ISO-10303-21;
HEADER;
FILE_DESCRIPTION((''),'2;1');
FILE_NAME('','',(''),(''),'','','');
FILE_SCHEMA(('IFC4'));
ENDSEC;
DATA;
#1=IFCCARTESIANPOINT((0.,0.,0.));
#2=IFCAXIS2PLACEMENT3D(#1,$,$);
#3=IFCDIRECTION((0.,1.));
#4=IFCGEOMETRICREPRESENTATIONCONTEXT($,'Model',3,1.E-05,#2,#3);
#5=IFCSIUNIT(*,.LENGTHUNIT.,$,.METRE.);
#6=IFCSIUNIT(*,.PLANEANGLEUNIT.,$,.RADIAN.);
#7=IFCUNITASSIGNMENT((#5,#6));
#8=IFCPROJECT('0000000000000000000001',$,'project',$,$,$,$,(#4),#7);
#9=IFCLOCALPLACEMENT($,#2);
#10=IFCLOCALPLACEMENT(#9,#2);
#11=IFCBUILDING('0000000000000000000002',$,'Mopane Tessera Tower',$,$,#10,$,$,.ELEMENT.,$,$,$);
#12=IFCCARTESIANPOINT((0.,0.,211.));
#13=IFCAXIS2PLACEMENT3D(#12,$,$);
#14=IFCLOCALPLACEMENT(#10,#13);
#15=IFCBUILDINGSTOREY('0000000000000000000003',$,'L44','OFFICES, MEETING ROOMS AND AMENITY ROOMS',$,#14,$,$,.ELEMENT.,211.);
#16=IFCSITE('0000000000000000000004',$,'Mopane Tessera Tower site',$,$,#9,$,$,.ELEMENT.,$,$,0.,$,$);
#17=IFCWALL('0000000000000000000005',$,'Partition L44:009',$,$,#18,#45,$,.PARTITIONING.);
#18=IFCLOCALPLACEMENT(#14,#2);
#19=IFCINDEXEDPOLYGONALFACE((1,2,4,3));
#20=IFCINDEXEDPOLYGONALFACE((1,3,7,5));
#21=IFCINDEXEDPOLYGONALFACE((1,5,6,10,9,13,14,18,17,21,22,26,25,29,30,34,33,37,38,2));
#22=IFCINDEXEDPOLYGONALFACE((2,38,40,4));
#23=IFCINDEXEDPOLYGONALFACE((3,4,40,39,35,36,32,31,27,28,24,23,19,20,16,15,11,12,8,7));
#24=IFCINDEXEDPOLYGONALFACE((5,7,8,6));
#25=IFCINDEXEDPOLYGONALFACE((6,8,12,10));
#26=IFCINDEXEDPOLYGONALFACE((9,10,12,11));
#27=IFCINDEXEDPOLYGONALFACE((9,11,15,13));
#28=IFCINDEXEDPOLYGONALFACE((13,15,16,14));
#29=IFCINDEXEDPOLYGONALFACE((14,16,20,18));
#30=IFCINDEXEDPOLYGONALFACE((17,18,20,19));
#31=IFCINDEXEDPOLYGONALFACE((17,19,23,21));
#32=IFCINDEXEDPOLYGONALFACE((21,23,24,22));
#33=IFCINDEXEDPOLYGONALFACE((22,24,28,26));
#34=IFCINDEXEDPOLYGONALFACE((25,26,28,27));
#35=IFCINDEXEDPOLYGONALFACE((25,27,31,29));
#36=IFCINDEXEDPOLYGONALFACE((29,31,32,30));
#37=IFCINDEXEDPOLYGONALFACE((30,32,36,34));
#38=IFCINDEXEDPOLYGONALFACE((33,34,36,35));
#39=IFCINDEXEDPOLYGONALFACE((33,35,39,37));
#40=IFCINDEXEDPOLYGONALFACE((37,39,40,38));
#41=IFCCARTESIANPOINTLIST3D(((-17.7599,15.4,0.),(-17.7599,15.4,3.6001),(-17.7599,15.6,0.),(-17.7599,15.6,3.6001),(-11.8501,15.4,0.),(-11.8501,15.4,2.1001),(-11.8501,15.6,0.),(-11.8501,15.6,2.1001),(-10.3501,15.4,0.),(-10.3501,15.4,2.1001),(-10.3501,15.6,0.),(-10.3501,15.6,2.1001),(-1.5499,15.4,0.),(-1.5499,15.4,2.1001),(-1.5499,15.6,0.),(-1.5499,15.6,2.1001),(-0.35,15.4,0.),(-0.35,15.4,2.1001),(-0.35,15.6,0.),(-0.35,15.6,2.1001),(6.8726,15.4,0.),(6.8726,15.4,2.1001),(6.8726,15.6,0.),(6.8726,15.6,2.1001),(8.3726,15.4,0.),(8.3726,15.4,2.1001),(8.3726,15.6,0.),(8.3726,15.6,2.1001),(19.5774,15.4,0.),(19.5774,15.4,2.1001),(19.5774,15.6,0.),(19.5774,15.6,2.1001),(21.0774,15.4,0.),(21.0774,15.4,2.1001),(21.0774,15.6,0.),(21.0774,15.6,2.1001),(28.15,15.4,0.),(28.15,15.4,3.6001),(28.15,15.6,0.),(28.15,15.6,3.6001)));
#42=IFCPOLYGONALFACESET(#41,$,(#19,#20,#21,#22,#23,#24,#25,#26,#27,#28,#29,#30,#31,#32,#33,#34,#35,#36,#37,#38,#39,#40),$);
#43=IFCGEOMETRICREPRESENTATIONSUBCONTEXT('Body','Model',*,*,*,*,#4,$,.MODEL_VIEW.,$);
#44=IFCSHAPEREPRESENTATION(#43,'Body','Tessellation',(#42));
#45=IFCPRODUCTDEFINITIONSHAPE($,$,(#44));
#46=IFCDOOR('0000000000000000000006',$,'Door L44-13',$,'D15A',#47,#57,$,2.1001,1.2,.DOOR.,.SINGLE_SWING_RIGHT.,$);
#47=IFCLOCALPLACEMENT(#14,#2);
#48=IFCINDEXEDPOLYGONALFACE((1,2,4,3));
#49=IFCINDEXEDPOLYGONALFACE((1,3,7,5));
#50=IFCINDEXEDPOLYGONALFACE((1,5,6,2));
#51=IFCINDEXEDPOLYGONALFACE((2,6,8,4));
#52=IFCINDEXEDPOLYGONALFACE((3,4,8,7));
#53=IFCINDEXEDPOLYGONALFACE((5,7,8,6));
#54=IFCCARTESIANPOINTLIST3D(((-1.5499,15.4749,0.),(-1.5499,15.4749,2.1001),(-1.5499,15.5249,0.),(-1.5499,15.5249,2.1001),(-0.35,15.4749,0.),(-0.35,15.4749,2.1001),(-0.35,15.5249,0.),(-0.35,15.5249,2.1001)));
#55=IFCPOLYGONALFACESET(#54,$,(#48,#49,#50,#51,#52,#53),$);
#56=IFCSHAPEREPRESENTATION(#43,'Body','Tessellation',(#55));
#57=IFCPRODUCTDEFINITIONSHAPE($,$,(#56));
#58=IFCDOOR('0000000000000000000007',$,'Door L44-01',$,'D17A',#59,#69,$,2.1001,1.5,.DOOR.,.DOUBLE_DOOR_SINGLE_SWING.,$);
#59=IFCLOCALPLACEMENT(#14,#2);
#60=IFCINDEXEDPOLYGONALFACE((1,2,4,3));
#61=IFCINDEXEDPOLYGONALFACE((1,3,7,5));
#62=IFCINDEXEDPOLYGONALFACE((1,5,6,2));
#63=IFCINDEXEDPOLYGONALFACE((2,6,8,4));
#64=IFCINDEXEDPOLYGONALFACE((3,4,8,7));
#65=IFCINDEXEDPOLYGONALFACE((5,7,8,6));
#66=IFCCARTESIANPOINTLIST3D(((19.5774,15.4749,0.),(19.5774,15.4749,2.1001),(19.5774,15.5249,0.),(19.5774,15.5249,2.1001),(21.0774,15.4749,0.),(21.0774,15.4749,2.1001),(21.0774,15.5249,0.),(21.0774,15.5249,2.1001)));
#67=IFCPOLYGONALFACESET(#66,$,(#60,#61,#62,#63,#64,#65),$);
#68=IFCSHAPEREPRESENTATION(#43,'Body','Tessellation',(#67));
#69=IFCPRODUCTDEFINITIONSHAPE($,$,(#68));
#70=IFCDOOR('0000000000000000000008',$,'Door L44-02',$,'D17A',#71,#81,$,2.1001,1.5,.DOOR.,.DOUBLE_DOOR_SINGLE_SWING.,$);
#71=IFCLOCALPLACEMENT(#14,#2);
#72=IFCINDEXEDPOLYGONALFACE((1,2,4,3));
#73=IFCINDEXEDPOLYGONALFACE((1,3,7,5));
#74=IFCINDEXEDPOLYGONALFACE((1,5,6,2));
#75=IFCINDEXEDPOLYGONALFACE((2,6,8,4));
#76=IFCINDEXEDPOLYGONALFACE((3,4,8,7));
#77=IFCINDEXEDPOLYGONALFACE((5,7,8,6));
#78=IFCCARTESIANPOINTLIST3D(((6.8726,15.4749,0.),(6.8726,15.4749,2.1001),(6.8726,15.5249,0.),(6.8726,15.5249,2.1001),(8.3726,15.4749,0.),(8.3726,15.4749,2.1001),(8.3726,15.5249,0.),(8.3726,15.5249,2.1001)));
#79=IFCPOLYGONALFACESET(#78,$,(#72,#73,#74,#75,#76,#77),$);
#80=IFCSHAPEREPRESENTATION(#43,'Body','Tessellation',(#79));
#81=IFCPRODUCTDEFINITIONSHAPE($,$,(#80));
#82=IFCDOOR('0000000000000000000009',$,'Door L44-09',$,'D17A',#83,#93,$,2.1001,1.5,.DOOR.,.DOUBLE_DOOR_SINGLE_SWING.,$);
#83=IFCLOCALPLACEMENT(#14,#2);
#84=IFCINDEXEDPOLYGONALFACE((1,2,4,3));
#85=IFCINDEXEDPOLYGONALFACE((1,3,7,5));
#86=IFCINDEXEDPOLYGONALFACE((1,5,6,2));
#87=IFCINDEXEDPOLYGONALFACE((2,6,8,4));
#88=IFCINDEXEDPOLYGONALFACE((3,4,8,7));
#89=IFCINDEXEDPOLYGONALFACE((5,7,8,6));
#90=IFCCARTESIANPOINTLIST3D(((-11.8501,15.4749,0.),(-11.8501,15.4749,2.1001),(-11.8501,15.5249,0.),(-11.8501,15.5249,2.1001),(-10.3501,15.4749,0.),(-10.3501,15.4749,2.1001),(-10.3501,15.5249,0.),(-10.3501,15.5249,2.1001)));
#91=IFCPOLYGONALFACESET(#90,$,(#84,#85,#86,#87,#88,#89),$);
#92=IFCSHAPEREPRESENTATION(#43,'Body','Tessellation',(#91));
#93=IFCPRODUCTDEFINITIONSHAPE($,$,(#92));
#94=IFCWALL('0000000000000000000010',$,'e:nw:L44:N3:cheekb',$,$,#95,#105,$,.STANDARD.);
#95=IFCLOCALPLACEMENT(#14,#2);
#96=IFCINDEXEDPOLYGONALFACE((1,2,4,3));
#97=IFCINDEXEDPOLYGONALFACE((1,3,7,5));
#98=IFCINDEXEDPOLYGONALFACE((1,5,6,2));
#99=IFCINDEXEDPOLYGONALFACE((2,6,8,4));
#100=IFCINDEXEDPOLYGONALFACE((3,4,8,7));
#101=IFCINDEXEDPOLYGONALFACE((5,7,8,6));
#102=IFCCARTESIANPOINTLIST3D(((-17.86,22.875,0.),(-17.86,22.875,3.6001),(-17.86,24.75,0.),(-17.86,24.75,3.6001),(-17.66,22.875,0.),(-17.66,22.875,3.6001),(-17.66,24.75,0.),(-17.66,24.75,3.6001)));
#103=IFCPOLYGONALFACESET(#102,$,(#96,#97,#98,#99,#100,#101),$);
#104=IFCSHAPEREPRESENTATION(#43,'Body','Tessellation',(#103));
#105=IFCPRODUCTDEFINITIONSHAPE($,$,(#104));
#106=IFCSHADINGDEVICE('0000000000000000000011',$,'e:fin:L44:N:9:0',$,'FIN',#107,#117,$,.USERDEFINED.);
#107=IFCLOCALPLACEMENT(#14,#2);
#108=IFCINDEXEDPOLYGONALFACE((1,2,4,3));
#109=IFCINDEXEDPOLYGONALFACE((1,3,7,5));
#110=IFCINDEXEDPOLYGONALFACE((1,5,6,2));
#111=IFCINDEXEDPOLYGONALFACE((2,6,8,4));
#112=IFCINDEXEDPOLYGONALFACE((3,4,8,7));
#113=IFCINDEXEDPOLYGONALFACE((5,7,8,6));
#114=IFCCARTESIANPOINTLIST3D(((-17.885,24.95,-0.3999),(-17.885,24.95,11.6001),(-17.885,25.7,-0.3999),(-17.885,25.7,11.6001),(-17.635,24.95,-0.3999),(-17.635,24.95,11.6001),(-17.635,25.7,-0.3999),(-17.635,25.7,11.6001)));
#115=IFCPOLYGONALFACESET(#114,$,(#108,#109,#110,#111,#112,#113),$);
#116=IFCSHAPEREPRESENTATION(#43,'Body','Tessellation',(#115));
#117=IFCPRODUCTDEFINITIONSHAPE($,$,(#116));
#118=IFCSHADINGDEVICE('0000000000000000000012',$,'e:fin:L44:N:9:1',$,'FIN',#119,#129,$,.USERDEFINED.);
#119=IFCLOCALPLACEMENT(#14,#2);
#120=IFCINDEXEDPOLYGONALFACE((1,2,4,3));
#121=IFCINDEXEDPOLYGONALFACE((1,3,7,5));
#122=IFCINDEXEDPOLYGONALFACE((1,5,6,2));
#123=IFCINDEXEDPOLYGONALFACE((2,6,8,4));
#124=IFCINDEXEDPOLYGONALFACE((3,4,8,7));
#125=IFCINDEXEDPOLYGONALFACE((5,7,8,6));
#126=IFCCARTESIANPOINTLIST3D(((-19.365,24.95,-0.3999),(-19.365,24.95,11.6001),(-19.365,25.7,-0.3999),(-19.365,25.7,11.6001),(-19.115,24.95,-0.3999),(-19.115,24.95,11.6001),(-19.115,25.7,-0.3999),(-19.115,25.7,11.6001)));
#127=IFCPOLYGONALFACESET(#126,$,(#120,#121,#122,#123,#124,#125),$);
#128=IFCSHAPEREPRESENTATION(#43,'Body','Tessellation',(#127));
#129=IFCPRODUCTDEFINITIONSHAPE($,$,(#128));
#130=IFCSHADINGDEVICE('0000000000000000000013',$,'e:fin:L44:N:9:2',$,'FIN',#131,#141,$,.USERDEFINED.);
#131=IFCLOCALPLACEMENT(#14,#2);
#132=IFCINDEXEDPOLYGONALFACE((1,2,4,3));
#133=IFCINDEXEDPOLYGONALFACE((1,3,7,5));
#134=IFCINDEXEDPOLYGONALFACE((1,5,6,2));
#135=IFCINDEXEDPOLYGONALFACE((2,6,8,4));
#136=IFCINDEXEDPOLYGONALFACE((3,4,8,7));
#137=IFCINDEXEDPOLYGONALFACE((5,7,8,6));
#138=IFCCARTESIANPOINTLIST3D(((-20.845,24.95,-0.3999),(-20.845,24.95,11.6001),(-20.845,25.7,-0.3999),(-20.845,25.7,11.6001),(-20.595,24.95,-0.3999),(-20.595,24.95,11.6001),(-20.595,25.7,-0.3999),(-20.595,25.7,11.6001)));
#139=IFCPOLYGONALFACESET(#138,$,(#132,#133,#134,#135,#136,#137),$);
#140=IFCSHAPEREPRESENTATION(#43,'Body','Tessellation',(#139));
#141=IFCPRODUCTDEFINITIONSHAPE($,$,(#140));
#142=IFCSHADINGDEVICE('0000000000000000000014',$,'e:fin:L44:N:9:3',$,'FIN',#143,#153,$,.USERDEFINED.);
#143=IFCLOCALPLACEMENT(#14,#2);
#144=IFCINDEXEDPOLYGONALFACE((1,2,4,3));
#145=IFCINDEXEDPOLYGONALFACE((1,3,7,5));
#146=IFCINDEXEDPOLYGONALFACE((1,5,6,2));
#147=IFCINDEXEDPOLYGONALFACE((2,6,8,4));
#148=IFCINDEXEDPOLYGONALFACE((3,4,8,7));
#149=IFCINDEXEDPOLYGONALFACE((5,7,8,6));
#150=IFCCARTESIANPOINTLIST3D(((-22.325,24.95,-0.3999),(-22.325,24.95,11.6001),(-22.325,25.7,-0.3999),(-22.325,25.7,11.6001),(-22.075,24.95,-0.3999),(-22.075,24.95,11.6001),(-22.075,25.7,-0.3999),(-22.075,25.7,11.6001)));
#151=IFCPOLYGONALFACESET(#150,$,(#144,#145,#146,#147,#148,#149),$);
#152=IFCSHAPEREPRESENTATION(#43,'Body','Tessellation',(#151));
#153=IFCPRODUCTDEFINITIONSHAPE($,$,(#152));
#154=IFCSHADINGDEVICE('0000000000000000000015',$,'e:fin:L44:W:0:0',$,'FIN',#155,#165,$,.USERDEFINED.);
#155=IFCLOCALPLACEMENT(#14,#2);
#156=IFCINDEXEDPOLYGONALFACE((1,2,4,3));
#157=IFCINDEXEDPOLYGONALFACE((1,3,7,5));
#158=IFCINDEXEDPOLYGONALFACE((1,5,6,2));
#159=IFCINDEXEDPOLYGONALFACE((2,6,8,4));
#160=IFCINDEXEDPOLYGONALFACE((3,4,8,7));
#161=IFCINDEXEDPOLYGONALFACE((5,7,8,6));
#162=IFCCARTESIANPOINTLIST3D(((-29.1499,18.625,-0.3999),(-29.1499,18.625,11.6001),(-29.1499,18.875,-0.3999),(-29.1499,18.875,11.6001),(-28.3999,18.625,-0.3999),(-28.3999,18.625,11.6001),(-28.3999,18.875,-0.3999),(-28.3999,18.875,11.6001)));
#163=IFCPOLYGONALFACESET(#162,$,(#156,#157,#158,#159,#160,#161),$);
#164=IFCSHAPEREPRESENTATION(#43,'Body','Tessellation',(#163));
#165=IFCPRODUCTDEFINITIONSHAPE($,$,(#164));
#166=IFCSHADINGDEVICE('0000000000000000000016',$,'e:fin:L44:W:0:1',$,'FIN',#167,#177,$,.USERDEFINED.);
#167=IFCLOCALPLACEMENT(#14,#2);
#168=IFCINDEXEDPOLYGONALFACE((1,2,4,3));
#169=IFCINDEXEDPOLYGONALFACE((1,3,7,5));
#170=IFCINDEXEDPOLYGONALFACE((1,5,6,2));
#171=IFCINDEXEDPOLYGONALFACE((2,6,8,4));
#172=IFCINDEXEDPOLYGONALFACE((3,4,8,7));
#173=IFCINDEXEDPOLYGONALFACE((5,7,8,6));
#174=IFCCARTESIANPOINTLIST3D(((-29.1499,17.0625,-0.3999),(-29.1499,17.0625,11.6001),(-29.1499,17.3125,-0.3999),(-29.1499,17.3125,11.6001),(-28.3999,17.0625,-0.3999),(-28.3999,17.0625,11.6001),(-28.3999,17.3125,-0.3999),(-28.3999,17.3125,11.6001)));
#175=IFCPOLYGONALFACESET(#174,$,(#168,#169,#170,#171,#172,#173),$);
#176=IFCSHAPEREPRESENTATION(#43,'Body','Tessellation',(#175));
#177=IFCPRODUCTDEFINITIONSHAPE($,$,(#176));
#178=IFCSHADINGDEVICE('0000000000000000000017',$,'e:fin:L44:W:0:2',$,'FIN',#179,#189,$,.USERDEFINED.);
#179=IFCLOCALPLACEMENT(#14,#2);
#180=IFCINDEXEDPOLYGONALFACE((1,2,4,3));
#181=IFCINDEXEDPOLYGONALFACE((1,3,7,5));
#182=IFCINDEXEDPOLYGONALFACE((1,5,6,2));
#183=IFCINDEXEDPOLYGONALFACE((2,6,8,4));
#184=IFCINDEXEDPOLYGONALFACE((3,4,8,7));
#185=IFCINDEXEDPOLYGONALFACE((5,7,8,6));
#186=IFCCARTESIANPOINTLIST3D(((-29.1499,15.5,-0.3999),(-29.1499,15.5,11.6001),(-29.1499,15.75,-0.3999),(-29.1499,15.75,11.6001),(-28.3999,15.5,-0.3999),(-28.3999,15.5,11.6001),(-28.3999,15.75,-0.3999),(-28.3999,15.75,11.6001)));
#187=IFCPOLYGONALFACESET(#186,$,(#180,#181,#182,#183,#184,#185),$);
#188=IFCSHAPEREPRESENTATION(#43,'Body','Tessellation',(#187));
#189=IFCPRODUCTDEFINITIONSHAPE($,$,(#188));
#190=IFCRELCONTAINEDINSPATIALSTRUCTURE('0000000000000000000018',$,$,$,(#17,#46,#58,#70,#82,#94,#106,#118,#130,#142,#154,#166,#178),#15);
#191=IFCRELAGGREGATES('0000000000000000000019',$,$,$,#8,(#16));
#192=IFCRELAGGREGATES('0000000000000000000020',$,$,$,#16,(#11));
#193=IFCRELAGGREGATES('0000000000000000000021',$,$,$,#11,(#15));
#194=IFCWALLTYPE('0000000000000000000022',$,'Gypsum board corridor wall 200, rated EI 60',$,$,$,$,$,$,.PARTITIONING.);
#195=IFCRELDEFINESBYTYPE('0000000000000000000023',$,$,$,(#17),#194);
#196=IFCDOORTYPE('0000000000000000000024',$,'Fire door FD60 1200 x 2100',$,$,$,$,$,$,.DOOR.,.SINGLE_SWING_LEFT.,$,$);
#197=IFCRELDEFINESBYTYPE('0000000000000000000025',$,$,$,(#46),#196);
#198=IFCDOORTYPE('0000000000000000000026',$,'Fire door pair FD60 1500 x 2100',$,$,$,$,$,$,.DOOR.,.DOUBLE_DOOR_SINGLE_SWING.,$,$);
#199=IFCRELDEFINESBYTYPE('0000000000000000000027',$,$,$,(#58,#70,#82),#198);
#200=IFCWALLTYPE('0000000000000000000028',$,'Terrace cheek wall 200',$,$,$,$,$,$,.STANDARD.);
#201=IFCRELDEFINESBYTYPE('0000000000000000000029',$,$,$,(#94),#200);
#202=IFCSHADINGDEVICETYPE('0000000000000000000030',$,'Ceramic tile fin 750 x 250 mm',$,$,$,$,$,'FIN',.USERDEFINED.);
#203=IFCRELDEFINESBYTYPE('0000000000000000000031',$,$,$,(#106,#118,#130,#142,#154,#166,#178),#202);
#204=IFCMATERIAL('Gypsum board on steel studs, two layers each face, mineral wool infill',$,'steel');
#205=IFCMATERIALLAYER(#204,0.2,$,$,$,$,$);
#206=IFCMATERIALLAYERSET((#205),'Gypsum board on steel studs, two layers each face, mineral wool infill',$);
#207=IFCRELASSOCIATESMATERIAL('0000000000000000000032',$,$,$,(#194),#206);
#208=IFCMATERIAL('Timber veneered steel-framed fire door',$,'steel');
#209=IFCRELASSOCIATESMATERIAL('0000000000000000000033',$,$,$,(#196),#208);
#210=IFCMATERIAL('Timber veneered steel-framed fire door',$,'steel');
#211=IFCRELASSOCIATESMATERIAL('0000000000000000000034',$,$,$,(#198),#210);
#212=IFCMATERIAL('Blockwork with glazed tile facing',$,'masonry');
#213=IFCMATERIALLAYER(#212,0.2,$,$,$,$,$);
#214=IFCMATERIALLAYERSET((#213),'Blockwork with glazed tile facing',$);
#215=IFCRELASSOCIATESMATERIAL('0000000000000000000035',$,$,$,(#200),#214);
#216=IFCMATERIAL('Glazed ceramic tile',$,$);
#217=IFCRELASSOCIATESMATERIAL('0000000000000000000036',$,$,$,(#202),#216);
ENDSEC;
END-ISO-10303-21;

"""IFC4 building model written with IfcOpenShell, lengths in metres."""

from ifc_helpers import new_model, si_unit, direction, frame, frame_2d, origin, origin_2d, place, context, subcontext, project, spatial, rectangle, extrude, material, layer, layer_set, type_object, element, fill, save


model = new_model("IFC4")

# Units and contexts
model_context = context("Model", 3, precision=1e-05, world=origin(), true_north=direction((0.0, 1.0)))
body_context = subcontext(model_context, "Body", "Model", "MODEL_VIEW")
ifc_project = project(units=[si_unit("LENGTHUNIT", "METRE"), si_unit("PLANEANGLEUNIT", "RADIAN")], contexts=[model_context])

# Site, building, storey
site_placement = place(None, origin())
site = spatial("IfcSite", under=ifc_project, at=site_placement, Name="Mopane Tessera Tower site", CompositionType="ELEMENT", RefElevation=0.0)
building_placement = place(site_placement, origin())
building = spatial("IfcBuilding", under=site, at=building_placement, Name="Mopane Tessera Tower", CompositionType="ELEMENT")
storey_placement = place(building_placement, frame((0.0, 0.0, 211.0)))
storey = spatial("IfcBuildingStorey", under=building, at=storey_placement, Name="L44", Description="OFFICES, MEETING ROOMS AND AMENITY ROOMS", CompositionType="ELEMENT", Elevation=211.0)

# Shared definitions
ifc_material_1 = material(Name="Gypsum board on steel studs, two layers each face, mineral wool infill", Category="steel")
ifc_layer_1 = layer(ifc_material_1, 0.2)
ifc_layer_set_1 = layer_set([ifc_layer_1], Name="Gypsum board on steel studs, two layers each face, mineral wool infill")
wall_type_1 = type_object("IfcWallType", Name="Gypsum board corridor wall 200, rated EI 60", PredefinedType="PARTITIONING", material=ifc_layer_set_1)
ifc_material_2 = material(Name="Timber veneered steel-framed fire door", Category="steel")
door_type_1 = type_object("IfcDoorType", Name="Fire door FD60 1200 x 2100", OperationType="SINGLE_SWING_LEFT", PredefinedType="DOOR", material=ifc_material_2)

# Wall, openings, doors
wall_1_placement = place(storey_placement, frame((-17.76, 15.5, 0.0), z_axis=(0.0, 0.0, 1.0), x_axis=(1.0, 0.0, 0.0)))
wall_1 = element("IfcWall", 1, at=wall_1_placement, inside=storey, type_object=wall_type_1, Name="Partition L44:009", PredefinedType="PARTITIONING", context=body_context, shape_type="SweptSolid", body=[
    extrude(rectangle(XDim=45.9099, YDim=0.2, at=frame_2d((22.9551, 0.0))), origin(), (0.0, 0.0, 1.0), 3.6001),
])
opening_1_placement = place(wall_1_placement, frame((37.3374, 0.0, 0.0)))
opening_1 = element("IfcOpeningElement", 2, at=opening_1_placement, cuts=wall_1, PredefinedType="OPENING", context=body_context, shape_type="SweptSolid", body=[
    extrude(rectangle(XDim=1.5, YDim=2.1001, at=frame_2d((0.75, 1.05))), frame((0.0, 0.1121, 0.0), z_axis=(0.0, -1.0, 0.0), x_axis=(1.0, 0.0, 0.0)), (0.0, 0.0, 1.0), 0.2239),
])
opening_2_placement = place(wall_1_placement, frame((24.6326, 0.0, 0.0)))
opening_2 = element("IfcOpeningElement", 3, at=opening_2_placement, cuts=wall_1, PredefinedType="OPENING", context=body_context, shape_type="SweptSolid", body=[
    extrude(rectangle(XDim=1.5, YDim=2.1001, at=frame_2d((0.75, 1.05))), frame((0.0, 0.1121, 0.0), z_axis=(0.0, -1.0, 0.0), x_axis=(1.0, 0.0, 0.0)), (0.0, 0.0, 1.0), 0.2239),
])
opening_3_placement = place(wall_1_placement, frame((5.9099, 0.0, 0.0)))
opening_3 = element("IfcOpeningElement", 4, at=opening_3_placement, cuts=wall_1, PredefinedType="OPENING", context=body_context, shape_type="SweptSolid", body=[
    extrude(rectangle(XDim=1.5, YDim=2.1001, at=frame_2d((0.75, 1.05))), frame((0.0, 0.1121, 0.0), z_axis=(0.0, -1.0, 0.0), x_axis=(1.0, 0.0, 0.0)), (0.0, 0.0, 1.0), 0.2239),
])
opening_4_placement = place(wall_1_placement, frame((16.21, 0.0, 0.0)))
opening_4 = element("IfcOpeningElement", 5, at=opening_4_placement, cuts=wall_1, PredefinedType="OPENING", context=body_context, shape_type="SweptSolid", body=[
    extrude(rectangle(XDim=1.2, YDim=2.1001, at=frame_2d((0.6001, 1.05))), frame((0.0, 0.1121, 0.0), z_axis=(0.0, -1.0, 0.0), x_axis=(1.0, 0.0, 0.0)), (0.0, 0.0, 1.0), 0.2239),
])
door_1_placement = place(opening_4_placement, origin())
door_1 = element("IfcDoor", 6, at=door_1_placement, inside=storey, type_object=door_type_1, Name="Door L44-13", ObjectType="D15A", OperationType="SINGLE_SWING_RIGHT", OverallHeight=2.1001, OverallWidth=1.2, PredefinedType="DOOR", context=body_context, shape_type="SweptSolid", body=[
    extrude(rectangle(XDim=1.2, YDim=2.1001, at=frame_2d((0.6001, 1.05))), frame((0.0, 0.0249, 0.0), z_axis=(0.0, -1.0, 0.0), x_axis=(1.0, 0.0, 0.0)), (0.0, 0.0, 1.0), 0.05),
])
fill(opening_4, door_1)
ifc_material_3 = material(Name="Timber veneered steel-framed fire door", Category="steel")
door_type_2 = type_object("IfcDoorType", Name="Fire door pair FD60 1500 x 2100", OperationType="DOUBLE_DOOR_SINGLE_SWING", PredefinedType="DOOR", material=ifc_material_3)
door_2_placement = place(opening_1_placement, origin())
door_2 = element("IfcDoor", 7, at=door_2_placement, inside=storey, type_object=door_type_2, Name="Door L44-01", ObjectType="D17A", OperationType="DOUBLE_DOOR_SINGLE_SWING", OverallHeight=2.1001, OverallWidth=1.5, PredefinedType="DOOR", context=body_context, shape_type="SweptSolid", body=[
    extrude(rectangle(XDim=1.5, YDim=2.1001, at=frame_2d((0.75, 1.05))), frame((0.0, 0.0249, 0.0), z_axis=(0.0, -1.0, 0.0), x_axis=(1.0, 0.0, 0.0)), (0.0, 0.0, 1.0), 0.05),
])
fill(opening_1, door_2)
door_3_placement = place(opening_2_placement, origin())
door_3 = element("IfcDoor", 8, at=door_3_placement, inside=storey, type_object=door_type_2, Name="Door L44-02", ObjectType="D17A", OperationType="DOUBLE_DOOR_SINGLE_SWING", OverallHeight=2.1001, OverallWidth=1.5, PredefinedType="DOOR", context=body_context, shape_type="SweptSolid", body=[
    extrude(rectangle(XDim=1.5, YDim=2.1001, at=frame_2d((0.75, 1.05))), frame((0.0, 0.0249, 0.0), z_axis=(0.0, -1.0, 0.0), x_axis=(1.0, 0.0, 0.0)), (0.0, 0.0, 1.0), 0.05),
])
fill(opening_2, door_3)
door_4_placement = place(opening_3_placement, origin())
door_4 = element("IfcDoor", 9, at=door_4_placement, inside=storey, type_object=door_type_2, Name="Door L44-09", ObjectType="D17A", OperationType="DOUBLE_DOOR_SINGLE_SWING", OverallHeight=2.1001, OverallWidth=1.5, PredefinedType="DOOR", context=body_context, shape_type="SweptSolid", body=[
    extrude(rectangle(XDim=1.5, YDim=2.1001, at=frame_2d((0.75, 1.05))), frame((0.0, 0.0249, 0.0), z_axis=(0.0, -1.0, 0.0), x_axis=(1.0, 0.0, 0.0)), (0.0, 0.0, 1.0), 0.05),
])
fill(opening_3, door_4)

# Wall
ifc_material_4 = material(Name="Blockwork with glazed tile facing", Category="masonry")
ifc_layer_2 = layer(ifc_material_4, 0.2)
ifc_layer_set_2 = layer_set([ifc_layer_2], Name="Blockwork with glazed tile facing")
wall_type_2 = type_object("IfcWallType", Name="Terrace cheek wall 200", PredefinedType="STANDARD", material=ifc_layer_set_2)
wall_2_placement = place(storey_placement, frame((-17.76, 24.75, 0.0), z_axis=(0.0, 0.0, 1.0), x_axis=(0.0, -1.0, 0.0)))
element("IfcWall", 10, at=wall_2_placement, inside=storey, type_object=wall_type_2, Name="e:nw:L44:N3:cheekb", PredefinedType="STANDARD", context=body_context, shape_type="SweptSolid", body=[
    extrude(rectangle(XDim=1.875, YDim=0.2, at=frame_2d((0.9375, 0.0))), origin(), (0.0, 0.0, 1.0), 3.6001),
])

# Shading devices
ifc_material_5 = material(Name="Glazed ceramic tile")
shading_device_type = type_object("IfcShadingDeviceType", Name="Ceramic tile fin 750 x 250 mm", ElementType="FIN", PredefinedType="USERDEFINED", material=ifc_material_5)
for number, where, z_axis, x_axis, name in (
    (11, (-17.76, 25.325, -0.3999), (0.0, 0.0, 1.0), (-1.0, 0.0, 0.0), "e:fin:L44:N:9:0"),
    (12, (-19.24, 25.325, -0.3999), (0.0, 0.0, 1.0), (-1.0, 0.0, 0.0), "e:fin:L44:N:9:1"),
    (13, (-20.72, 25.325, -0.3999), (0.0, 0.0, 1.0), (-1.0, 0.0, 0.0), "e:fin:L44:N:9:2"),
    (14, (-22.2, 25.325, -0.3999), (0.0, 0.0, 1.0), (-1.0, 0.0, 0.0), "e:fin:L44:N:9:3"),
    (15, (-28.7749, 18.75, -0.3999), (0.0, 0.0, 1.0), (0.0, -1.0, 0.0), "e:fin:L44:W:0:0"),
    (16, (-28.7749, 17.1875, -0.3999), (0.0, 0.0, 1.0), (0.0, -1.0, 0.0), "e:fin:L44:W:0:1"),
    (17, (-28.7749, 15.625, -0.3999), (0.0, 0.0, 1.0), (0.0, -1.0, 0.0), "e:fin:L44:W:0:2"),
):
    element("IfcShadingDevice", number, at=place(storey_placement, frame(where, z_axis=z_axis, x_axis=x_axis)), inside=storey, type_object=shading_device_type, Name=name, ObjectType="FIN", PredefinedType="USERDEFINED", context=body_context, shape_type="SweptSolid", body=[
        extrude(rectangle(XDim=0.25, YDim=0.75, at=origin_2d()), origin(), (0.0, 0.0, 1.0), 12.0),
    ])

save(model, "model.ifc")
